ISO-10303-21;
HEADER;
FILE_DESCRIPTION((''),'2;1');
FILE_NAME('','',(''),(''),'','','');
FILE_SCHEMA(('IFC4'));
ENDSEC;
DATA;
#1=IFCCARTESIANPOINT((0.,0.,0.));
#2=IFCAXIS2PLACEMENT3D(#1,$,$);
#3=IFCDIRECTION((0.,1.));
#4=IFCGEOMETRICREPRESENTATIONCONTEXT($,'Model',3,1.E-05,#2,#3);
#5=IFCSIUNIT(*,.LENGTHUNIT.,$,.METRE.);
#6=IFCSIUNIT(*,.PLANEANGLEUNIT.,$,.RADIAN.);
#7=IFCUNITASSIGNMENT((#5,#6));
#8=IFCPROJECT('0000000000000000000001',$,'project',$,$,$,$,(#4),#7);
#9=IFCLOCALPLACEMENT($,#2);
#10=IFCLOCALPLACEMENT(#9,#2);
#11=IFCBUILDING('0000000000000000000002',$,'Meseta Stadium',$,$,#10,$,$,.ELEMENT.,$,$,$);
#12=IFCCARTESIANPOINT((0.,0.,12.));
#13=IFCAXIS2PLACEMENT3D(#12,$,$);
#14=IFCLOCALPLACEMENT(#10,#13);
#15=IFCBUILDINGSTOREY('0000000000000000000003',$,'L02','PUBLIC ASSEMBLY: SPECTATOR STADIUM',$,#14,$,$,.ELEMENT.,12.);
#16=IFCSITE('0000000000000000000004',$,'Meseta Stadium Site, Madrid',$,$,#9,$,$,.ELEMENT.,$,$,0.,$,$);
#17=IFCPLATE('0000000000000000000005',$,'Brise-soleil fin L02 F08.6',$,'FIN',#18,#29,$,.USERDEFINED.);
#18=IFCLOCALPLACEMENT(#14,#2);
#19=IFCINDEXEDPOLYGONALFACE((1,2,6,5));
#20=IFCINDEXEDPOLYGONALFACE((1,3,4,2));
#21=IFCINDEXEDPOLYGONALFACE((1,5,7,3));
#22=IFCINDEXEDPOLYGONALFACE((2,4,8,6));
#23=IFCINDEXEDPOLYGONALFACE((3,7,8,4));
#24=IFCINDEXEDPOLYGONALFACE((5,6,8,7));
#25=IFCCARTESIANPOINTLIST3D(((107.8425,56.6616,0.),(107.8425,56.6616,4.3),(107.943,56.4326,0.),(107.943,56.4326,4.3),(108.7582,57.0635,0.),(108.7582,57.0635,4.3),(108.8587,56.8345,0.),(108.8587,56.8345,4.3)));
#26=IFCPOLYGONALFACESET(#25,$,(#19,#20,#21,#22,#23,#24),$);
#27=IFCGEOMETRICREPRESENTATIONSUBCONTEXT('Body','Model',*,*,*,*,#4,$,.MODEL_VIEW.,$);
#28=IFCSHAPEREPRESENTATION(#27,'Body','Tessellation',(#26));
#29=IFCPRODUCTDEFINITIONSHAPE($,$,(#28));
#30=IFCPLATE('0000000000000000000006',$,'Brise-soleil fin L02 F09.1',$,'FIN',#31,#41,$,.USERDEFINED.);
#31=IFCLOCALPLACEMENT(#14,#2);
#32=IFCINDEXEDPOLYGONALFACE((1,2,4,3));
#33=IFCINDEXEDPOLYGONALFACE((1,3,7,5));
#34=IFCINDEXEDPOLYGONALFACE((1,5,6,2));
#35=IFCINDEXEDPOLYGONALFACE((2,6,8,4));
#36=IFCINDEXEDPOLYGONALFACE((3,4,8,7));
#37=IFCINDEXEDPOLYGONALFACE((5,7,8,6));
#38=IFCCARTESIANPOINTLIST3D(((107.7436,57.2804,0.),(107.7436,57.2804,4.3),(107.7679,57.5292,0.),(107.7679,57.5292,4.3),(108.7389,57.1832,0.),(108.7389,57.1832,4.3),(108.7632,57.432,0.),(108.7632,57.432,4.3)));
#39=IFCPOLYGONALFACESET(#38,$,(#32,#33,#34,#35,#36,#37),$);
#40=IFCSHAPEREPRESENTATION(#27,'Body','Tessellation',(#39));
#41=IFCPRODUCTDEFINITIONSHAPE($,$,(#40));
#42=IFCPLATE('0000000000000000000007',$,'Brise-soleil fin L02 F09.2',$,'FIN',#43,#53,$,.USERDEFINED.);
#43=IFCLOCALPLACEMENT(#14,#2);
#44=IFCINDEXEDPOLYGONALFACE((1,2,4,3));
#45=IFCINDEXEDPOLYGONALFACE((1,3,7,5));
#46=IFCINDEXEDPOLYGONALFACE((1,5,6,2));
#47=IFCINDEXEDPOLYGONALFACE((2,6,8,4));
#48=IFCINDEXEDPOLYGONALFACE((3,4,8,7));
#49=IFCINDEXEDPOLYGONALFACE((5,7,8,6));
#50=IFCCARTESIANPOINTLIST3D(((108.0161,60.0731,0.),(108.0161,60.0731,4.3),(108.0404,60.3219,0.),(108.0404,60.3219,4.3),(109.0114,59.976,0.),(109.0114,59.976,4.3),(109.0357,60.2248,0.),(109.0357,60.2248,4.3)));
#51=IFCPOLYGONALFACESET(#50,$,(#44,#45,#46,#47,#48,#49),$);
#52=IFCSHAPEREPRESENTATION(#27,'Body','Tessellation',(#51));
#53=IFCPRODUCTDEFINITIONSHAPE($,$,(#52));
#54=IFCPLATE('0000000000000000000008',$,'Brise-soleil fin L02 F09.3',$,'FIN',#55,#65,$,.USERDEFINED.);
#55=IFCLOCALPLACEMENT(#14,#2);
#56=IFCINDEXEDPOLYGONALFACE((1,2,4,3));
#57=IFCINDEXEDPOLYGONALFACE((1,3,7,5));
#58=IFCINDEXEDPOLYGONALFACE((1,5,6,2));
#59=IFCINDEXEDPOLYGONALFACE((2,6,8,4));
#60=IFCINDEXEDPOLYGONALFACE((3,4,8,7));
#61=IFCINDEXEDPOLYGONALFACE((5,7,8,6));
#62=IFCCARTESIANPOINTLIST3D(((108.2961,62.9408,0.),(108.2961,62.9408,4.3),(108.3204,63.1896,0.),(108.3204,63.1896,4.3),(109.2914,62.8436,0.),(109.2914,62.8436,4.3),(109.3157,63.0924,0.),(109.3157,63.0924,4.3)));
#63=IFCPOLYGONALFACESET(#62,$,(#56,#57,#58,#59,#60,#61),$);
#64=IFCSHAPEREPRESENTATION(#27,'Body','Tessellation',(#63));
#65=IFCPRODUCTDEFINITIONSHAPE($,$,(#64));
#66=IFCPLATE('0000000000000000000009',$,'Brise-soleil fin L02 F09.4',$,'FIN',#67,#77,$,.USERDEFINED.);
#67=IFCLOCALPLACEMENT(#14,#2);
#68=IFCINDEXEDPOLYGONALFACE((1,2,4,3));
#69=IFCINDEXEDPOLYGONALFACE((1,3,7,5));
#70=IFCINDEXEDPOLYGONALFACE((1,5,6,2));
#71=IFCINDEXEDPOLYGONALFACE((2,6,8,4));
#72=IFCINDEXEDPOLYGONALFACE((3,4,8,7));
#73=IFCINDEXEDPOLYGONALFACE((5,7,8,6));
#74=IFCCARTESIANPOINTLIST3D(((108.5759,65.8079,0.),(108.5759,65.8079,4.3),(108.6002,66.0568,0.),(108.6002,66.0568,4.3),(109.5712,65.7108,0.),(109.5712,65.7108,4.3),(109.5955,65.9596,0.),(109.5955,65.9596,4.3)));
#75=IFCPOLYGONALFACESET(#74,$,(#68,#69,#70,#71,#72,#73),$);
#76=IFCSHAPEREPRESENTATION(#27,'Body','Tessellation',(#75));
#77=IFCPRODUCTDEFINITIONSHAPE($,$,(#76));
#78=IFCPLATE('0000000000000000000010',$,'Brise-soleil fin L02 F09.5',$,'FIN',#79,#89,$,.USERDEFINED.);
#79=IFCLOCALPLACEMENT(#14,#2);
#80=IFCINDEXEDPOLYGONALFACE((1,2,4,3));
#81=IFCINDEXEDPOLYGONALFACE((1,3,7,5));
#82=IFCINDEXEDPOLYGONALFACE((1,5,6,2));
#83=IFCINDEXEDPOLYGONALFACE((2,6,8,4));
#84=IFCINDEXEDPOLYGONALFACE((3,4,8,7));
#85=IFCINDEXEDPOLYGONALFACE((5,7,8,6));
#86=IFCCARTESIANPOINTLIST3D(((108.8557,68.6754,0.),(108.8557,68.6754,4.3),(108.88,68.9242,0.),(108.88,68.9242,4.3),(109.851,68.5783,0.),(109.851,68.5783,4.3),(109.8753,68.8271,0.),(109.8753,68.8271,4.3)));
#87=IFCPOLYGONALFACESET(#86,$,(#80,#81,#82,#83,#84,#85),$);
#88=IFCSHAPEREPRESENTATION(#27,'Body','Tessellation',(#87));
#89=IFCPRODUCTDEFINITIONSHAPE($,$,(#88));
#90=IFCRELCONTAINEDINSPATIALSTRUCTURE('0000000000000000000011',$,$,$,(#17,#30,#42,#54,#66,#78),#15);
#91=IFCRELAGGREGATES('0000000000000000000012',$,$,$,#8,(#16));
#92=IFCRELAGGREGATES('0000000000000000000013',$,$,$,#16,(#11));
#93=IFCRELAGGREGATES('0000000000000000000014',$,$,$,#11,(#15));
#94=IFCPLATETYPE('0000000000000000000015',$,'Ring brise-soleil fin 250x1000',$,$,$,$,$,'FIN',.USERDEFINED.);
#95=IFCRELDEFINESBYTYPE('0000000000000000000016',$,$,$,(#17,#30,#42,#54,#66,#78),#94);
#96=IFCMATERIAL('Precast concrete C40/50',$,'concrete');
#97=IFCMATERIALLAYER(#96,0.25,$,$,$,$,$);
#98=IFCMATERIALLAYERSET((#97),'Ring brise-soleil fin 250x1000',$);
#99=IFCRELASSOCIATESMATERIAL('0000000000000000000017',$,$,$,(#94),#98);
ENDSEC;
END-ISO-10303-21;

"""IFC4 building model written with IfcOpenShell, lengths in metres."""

from ifc_helpers import new_model, si_unit, direction, frame, origin, origin_2d, place, context, subcontext, project, spatial, rectangle, extrude, material, layer, layer_set, type_object, element, save


model = new_model("IFC4")

# Units and contexts
model_context = context("Model", 3, precision=1e-05, world=origin(), true_north=direction((0.0, 1.0)))
body_context = subcontext(model_context, "Body", "Model", "MODEL_VIEW")
ifc_project = project(units=[si_unit("LENGTHUNIT", "METRE"), si_unit("PLANEANGLEUNIT", "RADIAN")], contexts=[model_context])

# Site, building, storey
site_placement = place(None, origin())
site = spatial("IfcSite", under=ifc_project, at=site_placement, Name="Meseta Stadium Site, Madrid", CompositionType="ELEMENT", RefElevation=0.0)
building_placement = place(site_placement, origin())
building = spatial("IfcBuilding", under=site, at=building_placement, Name="Meseta Stadium", CompositionType="ELEMENT")
storey_placement = place(building_placement, frame((0.0, 0.0, 12.0)))
storey = spatial("IfcBuildingStorey", under=building, at=storey_placement, Name="L02", Description="PUBLIC ASSEMBLY: SPECTATOR STADIUM", CompositionType="ELEMENT", Elevation=12.0)

# Plates
ifc_material_1 = material(Name="Precast concrete C40/50", Category="concrete")
ifc_layer_1 = layer(ifc_material_1, 0.25)
ifc_layer_set_1 = layer_set([ifc_layer_1], Name="Ring brise-soleil fin 250x1000")
plate_type_1 = type_object("IfcPlateType", Name="Ring brise-soleil fin 250x1000", ElementType="FIN", PredefinedType="USERDEFINED", material=ifc_layer_set_1)
for number, where, z_axis, x_axis, name in (
    (1, (108.3506, 56.748, 0.0), (0.0, 0.0, 1.0), (-0.401892, 0.915687, 0.0), "Brise-soleil fin L02 F08.6"),
    (2, (108.2534, 57.3562, 0.0), (0.0, 0.0, 1.0), (0.097123, 0.995272, 0.0), "Brise-soleil fin L02 F09.1"),
    (3, (108.5259, 60.1489, 0.0), (0.0, 0.0, 1.0), (0.097123, 0.995272, 0.0), "Brise-soleil fin L02 F09.2"),
    (4, (108.8059, 63.0166, 0.0), (0.0, 0.0, 1.0), (0.097123, 0.995272, 0.0), "Brise-soleil fin L02 F09.3"),
    (5, (109.0857, 65.8838, 0.0), (0.0, 0.0, 1.0), (0.097123, 0.995272, 0.0), "Brise-soleil fin L02 F09.4"),
    (6, (109.3655, 68.7512, 0.0), (0.0, 0.0, 1.0), (0.097123, 0.995272, 0.0), "Brise-soleil fin L02 F09.5"),
):
    element("IfcPlate", number, at=place(storey_placement, frame(where, z_axis=z_axis, x_axis=x_axis)), inside=storey, type_object=plate_type_1, Name=name, ObjectType="FIN", PredefinedType="USERDEFINED", context=body_context, shape_type="SweptSolid", body=[
        extrude(rectangle(XDim=0.25, YDim=1.0, at=origin_2d()), origin(), (0.0, 0.0, 1.0), 4.3),
    ])

save(model, "model.ifc")
